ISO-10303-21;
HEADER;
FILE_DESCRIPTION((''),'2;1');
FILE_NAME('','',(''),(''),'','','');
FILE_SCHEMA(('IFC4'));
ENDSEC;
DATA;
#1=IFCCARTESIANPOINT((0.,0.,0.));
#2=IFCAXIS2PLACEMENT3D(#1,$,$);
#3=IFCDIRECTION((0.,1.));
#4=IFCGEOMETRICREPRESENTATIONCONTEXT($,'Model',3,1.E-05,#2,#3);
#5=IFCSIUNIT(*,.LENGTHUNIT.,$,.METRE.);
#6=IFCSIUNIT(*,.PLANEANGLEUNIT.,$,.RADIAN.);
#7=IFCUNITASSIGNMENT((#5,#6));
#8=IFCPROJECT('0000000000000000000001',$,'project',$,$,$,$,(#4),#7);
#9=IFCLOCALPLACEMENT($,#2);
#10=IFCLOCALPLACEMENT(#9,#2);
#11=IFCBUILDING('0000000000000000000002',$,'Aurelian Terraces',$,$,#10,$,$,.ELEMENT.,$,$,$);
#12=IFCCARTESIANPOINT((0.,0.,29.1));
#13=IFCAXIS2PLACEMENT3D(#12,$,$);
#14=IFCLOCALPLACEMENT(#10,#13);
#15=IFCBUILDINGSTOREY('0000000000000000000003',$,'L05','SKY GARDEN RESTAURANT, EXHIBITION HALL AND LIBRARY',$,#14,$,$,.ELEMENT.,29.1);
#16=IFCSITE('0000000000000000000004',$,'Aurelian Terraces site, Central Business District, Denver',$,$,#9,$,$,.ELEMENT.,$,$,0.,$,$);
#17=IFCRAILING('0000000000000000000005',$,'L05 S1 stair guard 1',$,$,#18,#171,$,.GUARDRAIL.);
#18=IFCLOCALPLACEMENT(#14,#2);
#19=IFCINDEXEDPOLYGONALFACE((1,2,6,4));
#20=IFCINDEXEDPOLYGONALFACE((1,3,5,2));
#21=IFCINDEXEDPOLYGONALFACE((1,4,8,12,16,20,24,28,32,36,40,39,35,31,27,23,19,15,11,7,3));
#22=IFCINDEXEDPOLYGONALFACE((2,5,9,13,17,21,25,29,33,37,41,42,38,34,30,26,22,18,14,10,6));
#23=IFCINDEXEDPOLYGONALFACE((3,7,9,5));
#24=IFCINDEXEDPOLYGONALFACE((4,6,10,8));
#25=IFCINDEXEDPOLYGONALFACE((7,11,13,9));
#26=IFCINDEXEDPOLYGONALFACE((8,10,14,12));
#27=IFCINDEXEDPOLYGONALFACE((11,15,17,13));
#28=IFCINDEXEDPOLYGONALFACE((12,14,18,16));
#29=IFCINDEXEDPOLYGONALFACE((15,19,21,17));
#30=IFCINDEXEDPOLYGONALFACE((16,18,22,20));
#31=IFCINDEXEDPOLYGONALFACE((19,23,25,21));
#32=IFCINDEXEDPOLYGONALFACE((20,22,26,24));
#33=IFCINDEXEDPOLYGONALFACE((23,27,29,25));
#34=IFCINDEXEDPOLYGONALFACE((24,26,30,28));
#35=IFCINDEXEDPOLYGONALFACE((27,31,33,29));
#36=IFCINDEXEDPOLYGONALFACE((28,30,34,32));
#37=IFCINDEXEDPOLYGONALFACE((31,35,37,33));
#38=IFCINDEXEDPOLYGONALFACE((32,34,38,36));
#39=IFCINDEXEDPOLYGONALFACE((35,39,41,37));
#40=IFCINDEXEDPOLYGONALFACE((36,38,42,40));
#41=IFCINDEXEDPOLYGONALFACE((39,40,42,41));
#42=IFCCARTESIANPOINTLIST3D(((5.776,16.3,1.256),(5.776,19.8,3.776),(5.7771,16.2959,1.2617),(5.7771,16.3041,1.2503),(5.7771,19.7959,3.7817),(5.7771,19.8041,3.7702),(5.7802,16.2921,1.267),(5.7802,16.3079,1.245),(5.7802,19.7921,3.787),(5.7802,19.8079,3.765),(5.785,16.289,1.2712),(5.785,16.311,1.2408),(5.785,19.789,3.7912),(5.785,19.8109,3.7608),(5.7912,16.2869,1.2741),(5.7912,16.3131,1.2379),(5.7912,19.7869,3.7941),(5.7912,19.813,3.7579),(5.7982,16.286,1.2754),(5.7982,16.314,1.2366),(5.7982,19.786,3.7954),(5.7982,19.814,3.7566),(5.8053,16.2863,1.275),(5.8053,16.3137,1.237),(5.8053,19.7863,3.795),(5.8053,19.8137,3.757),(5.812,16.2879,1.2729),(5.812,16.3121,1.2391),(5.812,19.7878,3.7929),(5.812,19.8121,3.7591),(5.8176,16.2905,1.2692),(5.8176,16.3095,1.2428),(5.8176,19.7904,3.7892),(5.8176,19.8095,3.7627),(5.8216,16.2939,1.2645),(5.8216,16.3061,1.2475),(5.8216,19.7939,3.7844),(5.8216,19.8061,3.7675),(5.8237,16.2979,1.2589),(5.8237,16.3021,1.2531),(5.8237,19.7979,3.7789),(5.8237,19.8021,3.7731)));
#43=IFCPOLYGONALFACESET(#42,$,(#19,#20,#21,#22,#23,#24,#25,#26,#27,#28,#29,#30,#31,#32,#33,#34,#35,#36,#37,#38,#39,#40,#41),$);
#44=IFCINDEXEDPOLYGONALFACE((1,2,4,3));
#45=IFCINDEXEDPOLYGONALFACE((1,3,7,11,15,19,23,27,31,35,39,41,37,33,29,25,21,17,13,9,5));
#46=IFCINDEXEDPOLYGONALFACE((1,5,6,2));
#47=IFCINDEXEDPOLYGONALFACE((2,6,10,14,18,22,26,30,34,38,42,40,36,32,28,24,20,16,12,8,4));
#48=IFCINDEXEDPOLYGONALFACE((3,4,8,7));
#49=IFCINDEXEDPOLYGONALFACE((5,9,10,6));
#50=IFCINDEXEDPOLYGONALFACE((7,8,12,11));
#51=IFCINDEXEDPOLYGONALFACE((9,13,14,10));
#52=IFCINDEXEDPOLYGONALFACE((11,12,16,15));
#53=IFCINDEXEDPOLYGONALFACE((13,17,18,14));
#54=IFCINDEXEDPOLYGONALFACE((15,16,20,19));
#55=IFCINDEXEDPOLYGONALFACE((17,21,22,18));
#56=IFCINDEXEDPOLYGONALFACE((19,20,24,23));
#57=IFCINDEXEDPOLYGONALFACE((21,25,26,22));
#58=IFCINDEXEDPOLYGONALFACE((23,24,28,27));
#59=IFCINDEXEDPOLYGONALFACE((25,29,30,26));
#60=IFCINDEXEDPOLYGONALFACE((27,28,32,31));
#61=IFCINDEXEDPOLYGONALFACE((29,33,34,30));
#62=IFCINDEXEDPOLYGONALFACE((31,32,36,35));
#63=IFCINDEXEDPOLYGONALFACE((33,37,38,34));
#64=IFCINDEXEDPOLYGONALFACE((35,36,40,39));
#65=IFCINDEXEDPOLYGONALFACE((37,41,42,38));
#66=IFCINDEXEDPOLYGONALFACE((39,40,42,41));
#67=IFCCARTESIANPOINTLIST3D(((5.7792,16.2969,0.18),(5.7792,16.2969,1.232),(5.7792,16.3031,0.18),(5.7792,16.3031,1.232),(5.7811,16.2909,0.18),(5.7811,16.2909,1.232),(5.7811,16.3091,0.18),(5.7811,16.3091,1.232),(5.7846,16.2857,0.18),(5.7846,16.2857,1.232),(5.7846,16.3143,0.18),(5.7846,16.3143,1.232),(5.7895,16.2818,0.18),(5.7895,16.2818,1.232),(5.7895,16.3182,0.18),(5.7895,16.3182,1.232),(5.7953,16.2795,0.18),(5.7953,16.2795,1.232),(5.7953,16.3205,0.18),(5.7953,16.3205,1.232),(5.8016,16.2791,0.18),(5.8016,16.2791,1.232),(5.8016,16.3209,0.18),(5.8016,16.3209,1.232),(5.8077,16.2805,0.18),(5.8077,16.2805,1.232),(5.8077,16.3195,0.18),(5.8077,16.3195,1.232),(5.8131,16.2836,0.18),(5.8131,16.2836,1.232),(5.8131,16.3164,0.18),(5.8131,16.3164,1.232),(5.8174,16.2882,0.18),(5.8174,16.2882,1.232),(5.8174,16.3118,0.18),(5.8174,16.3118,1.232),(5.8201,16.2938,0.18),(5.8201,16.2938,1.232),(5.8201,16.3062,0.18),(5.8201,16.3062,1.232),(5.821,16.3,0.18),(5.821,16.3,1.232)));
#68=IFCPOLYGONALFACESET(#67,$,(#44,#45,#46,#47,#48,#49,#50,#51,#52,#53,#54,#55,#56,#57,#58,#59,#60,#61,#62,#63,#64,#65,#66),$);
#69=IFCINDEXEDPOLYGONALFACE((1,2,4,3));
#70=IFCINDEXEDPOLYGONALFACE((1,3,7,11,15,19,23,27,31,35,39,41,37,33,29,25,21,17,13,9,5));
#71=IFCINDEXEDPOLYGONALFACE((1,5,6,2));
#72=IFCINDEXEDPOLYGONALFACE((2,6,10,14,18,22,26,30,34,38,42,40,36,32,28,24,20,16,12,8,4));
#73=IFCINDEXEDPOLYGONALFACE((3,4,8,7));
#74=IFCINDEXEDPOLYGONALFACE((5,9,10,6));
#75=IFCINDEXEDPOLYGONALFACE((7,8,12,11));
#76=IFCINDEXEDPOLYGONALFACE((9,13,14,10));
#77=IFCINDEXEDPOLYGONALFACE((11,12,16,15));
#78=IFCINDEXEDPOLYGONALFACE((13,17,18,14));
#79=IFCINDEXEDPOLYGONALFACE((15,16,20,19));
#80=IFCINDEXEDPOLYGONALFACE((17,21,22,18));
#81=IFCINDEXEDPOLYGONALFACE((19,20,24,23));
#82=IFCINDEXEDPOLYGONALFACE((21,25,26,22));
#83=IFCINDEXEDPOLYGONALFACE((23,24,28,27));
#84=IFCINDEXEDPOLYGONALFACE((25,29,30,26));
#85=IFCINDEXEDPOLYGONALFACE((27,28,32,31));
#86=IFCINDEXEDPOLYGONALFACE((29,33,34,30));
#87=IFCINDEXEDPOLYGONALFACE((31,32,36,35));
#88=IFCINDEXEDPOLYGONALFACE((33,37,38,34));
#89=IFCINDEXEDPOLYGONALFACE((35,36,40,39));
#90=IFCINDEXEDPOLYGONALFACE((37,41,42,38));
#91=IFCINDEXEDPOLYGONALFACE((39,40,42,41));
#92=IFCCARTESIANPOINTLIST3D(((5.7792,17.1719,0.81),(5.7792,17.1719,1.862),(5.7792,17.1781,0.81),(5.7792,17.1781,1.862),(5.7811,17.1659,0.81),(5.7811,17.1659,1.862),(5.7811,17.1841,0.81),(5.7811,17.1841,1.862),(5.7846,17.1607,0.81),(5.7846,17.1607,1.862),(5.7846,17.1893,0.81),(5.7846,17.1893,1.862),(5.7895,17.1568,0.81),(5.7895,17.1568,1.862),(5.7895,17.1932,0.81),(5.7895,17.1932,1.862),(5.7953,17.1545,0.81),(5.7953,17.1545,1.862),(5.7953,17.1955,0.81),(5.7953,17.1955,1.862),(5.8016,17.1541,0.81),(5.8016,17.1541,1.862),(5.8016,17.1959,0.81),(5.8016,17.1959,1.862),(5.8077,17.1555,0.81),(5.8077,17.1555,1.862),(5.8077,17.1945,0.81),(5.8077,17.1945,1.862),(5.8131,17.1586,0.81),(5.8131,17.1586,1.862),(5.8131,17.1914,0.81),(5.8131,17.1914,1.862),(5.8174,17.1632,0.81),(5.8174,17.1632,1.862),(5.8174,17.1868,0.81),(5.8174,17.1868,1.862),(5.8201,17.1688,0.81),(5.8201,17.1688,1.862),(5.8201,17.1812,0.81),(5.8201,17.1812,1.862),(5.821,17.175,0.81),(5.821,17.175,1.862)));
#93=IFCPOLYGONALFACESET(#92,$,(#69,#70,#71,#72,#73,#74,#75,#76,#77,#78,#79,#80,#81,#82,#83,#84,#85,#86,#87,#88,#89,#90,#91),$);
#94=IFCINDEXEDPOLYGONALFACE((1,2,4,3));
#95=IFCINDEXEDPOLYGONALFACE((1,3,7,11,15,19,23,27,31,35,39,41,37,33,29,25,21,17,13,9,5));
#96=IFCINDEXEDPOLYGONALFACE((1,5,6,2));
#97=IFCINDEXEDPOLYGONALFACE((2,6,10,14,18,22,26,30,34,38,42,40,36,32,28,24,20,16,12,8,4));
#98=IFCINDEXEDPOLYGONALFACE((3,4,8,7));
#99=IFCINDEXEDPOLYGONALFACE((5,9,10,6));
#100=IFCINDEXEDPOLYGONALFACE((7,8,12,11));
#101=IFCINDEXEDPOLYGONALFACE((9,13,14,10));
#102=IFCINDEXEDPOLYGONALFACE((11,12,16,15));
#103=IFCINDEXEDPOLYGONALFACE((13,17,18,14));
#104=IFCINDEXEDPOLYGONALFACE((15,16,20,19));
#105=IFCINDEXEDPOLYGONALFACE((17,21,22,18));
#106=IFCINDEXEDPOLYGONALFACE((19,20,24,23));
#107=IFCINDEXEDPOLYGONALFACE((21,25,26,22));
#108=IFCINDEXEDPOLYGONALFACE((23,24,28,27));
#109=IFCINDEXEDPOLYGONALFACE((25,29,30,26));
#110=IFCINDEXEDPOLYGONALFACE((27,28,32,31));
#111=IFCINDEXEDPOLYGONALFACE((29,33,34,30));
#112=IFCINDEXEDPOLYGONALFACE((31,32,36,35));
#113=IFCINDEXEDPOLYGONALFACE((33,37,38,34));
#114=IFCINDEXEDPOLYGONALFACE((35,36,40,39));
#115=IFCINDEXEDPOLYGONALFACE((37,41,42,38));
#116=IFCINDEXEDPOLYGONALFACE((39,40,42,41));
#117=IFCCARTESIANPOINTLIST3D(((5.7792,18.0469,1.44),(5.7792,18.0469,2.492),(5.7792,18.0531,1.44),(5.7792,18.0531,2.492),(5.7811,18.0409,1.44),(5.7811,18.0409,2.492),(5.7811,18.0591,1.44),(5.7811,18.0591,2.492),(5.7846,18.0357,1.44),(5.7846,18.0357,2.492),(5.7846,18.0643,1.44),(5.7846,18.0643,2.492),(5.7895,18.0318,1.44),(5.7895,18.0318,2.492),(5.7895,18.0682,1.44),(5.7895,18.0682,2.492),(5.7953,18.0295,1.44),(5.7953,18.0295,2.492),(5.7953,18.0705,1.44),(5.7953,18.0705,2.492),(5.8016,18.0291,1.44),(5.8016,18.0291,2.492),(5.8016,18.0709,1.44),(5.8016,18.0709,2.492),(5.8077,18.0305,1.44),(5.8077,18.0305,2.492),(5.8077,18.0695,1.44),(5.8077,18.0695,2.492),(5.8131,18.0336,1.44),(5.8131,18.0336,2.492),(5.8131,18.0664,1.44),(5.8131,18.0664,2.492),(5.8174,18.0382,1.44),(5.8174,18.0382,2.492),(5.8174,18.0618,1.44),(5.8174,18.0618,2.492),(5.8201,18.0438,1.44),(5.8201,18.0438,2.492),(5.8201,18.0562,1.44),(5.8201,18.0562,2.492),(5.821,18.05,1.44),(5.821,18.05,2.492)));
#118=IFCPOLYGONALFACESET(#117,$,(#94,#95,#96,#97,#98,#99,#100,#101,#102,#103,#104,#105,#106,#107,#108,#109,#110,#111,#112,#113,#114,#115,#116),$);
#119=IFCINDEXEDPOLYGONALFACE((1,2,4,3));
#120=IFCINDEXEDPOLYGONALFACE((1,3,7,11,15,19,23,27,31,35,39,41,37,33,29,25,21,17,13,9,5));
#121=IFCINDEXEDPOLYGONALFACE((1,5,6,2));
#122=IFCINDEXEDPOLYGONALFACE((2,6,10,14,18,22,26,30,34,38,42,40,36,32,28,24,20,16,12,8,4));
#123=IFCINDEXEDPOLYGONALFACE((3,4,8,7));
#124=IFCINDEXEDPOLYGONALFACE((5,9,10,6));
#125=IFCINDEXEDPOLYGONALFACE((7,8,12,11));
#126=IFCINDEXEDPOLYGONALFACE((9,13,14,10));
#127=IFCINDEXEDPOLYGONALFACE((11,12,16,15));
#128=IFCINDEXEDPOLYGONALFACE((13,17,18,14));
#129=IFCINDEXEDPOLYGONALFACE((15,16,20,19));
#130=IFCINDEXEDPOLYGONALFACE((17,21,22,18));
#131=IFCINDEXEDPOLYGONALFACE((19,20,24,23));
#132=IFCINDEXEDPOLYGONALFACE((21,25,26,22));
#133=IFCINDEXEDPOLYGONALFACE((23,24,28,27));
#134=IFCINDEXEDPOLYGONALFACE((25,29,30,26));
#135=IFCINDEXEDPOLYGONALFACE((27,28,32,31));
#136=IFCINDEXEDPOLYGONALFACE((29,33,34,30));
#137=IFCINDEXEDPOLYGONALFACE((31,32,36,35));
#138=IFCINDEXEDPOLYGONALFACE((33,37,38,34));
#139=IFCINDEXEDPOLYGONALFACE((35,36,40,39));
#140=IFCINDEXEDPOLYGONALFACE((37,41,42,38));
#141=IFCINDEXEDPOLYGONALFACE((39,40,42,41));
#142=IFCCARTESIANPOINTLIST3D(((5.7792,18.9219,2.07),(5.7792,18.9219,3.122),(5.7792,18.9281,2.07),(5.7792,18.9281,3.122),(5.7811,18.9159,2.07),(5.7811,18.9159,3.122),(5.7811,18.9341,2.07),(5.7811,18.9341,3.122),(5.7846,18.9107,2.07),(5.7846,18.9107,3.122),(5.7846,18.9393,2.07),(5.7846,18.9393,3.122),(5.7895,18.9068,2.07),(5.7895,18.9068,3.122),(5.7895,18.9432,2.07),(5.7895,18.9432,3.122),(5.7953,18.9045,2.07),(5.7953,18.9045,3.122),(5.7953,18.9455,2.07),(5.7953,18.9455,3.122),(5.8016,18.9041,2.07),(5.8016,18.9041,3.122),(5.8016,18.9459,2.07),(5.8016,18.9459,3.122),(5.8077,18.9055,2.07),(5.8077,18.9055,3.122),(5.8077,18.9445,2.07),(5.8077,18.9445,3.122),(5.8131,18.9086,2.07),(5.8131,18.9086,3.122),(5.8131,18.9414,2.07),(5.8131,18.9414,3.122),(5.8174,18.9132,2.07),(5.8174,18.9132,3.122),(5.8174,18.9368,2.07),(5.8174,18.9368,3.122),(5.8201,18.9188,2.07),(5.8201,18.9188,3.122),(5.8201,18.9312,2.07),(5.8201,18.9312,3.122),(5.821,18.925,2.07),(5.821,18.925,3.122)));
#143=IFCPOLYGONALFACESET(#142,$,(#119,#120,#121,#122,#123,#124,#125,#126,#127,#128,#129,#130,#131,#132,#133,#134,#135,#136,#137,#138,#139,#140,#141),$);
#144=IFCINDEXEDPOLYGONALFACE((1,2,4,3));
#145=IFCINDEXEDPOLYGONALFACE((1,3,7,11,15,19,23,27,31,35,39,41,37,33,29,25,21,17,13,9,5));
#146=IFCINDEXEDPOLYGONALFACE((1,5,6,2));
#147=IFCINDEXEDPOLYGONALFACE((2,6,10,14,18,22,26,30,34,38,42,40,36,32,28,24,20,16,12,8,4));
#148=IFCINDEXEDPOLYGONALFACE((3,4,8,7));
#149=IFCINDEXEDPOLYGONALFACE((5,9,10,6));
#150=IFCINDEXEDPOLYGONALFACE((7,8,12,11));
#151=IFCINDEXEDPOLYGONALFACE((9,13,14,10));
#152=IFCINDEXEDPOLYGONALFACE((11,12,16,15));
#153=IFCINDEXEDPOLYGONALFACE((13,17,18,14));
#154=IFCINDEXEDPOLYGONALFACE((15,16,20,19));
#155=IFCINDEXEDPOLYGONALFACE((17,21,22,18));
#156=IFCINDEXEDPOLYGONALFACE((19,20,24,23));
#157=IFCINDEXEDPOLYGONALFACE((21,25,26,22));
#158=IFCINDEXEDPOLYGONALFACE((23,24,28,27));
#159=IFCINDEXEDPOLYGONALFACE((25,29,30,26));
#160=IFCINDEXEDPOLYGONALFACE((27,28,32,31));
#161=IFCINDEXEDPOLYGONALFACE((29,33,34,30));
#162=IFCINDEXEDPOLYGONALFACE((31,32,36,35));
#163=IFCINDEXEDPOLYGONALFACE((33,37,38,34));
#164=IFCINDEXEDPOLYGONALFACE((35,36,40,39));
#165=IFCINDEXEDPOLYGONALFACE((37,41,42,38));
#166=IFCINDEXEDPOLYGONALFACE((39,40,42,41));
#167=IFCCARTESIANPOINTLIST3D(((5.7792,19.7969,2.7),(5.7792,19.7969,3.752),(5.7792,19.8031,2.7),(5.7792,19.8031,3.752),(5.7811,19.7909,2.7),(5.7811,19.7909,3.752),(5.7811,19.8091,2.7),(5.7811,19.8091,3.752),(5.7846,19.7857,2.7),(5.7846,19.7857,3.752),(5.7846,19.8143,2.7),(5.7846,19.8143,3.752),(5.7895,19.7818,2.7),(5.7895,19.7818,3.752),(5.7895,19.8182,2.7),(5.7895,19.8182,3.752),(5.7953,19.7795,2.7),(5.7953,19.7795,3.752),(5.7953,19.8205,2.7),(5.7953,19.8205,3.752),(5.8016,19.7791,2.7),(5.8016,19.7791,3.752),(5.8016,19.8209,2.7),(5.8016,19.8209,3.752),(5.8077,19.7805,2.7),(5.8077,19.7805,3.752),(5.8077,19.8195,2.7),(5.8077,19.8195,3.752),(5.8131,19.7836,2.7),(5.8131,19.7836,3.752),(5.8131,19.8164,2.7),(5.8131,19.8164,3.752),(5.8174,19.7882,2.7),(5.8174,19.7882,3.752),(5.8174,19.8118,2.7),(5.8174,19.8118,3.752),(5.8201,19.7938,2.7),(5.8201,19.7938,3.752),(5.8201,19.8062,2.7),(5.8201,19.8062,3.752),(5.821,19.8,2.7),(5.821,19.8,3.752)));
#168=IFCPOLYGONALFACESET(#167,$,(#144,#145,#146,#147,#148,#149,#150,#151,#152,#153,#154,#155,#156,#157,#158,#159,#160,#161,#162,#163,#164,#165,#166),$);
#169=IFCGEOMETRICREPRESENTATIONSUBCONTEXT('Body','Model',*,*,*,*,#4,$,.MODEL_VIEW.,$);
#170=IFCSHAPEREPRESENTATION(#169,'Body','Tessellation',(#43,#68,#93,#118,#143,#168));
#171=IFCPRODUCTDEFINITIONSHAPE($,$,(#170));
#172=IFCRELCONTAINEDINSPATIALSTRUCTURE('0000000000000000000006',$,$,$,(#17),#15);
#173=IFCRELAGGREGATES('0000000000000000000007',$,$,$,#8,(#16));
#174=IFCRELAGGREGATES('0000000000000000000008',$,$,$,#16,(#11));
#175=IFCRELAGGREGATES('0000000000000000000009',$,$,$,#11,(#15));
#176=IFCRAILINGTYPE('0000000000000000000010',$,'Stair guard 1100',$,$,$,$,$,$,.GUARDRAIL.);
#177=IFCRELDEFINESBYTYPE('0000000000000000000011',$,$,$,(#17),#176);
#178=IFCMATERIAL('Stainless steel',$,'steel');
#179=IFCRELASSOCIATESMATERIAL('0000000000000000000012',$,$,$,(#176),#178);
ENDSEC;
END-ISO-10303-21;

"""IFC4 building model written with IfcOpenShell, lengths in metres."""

from ifc_helpers import new_model, si_unit, direction, frame, origin, origin_2d, place, context, subcontext, project, spatial, circle, extrude, source, transform, mapped, material, type_object, element, save


model = new_model("IFC4")

# Units and contexts
model_context = context("Model", 3, precision=1e-05, world=origin(), true_north=direction((0.0, 1.0)))
body_context = subcontext(model_context, "Body", "Model", "MODEL_VIEW")
ifc_project = project(units=[si_unit("LENGTHUNIT", "METRE"), si_unit("PLANEANGLEUNIT", "RADIAN")], contexts=[model_context])

# Site, building, storey
site_placement = place(None, origin())
site = spatial("IfcSite", under=ifc_project, at=site_placement, Name="Aurelian Terraces site, Central Business District, Denver", CompositionType="ELEMENT", RefElevation=0.0)
building_placement = place(site_placement, origin())
building = spatial("IfcBuilding", under=site, at=building_placement, Name="Aurelian Terraces", CompositionType="ELEMENT")
storey_placement = place(building_placement, frame((0.0, 0.0, 29.1)))
storey = spatial("IfcBuildingStorey", under=building, at=storey_placement, Name="L05", Description="SKY GARDEN RESTAURANT, EXHIBITION HALL AND LIBRARY", CompositionType="ELEMENT", Elevation=29.1)

# Railing
ifc_material_1 = material(Name="Stainless steel", Category="steel")
railing_type_1 = type_object("IfcRailingType", Name="Stair guard 1100", PredefinedType="GUARDRAIL", material=ifc_material_1)
shared_shape_1 = source(origin(), body_context, "Body", "SweptSolid", [
    extrude(circle(Radius=0.024, at=origin_2d()), frame((0.0, 0.0, 1.076), z_axis=(0.0, 0.811534, 0.584305), x_axis=(-1.0, 0.0, 0.0)), (0.0, 0.0, 1.0), 4.3128),
    extrude(circle(Radius=0.021, at=origin_2d()), origin(), (0.0, 0.0, 1.0), 1.052),
    extrude(circle(Radius=0.021, at=origin_2d()), frame((0.0, 0.875, 0.63)), (0.0, 0.0, 1.0), 1.052),
    extrude(circle(Radius=0.021, at=origin_2d()), frame((0.0, 1.75, 1.26)), (0.0, 0.0, 1.0), 1.052),
    extrude(circle(Radius=0.021, at=origin_2d()), frame((0.0, 2.625, 1.89)), (0.0, 0.0, 1.0), 1.052),
    extrude(circle(Radius=0.021, at=origin_2d()), frame((0.0, 3.5, 2.52)), (0.0, 0.0, 1.0), 1.052),
])
railing_1_placement = place(storey_placement, frame((5.8, 16.3, 0.18)))
element("IfcRailing", 1, at=railing_1_placement, inside=storey, type_object=railing_type_1, Name="L05 S1 stair guard 1", PredefinedType="GUARDRAIL", context=body_context, shape_type="MappedRepresentation", body=[
    mapped(shared_shape_1, transform((0.0, 0.0, 0.0), scale=1.0)),
])

save(model, "model.ifc")
